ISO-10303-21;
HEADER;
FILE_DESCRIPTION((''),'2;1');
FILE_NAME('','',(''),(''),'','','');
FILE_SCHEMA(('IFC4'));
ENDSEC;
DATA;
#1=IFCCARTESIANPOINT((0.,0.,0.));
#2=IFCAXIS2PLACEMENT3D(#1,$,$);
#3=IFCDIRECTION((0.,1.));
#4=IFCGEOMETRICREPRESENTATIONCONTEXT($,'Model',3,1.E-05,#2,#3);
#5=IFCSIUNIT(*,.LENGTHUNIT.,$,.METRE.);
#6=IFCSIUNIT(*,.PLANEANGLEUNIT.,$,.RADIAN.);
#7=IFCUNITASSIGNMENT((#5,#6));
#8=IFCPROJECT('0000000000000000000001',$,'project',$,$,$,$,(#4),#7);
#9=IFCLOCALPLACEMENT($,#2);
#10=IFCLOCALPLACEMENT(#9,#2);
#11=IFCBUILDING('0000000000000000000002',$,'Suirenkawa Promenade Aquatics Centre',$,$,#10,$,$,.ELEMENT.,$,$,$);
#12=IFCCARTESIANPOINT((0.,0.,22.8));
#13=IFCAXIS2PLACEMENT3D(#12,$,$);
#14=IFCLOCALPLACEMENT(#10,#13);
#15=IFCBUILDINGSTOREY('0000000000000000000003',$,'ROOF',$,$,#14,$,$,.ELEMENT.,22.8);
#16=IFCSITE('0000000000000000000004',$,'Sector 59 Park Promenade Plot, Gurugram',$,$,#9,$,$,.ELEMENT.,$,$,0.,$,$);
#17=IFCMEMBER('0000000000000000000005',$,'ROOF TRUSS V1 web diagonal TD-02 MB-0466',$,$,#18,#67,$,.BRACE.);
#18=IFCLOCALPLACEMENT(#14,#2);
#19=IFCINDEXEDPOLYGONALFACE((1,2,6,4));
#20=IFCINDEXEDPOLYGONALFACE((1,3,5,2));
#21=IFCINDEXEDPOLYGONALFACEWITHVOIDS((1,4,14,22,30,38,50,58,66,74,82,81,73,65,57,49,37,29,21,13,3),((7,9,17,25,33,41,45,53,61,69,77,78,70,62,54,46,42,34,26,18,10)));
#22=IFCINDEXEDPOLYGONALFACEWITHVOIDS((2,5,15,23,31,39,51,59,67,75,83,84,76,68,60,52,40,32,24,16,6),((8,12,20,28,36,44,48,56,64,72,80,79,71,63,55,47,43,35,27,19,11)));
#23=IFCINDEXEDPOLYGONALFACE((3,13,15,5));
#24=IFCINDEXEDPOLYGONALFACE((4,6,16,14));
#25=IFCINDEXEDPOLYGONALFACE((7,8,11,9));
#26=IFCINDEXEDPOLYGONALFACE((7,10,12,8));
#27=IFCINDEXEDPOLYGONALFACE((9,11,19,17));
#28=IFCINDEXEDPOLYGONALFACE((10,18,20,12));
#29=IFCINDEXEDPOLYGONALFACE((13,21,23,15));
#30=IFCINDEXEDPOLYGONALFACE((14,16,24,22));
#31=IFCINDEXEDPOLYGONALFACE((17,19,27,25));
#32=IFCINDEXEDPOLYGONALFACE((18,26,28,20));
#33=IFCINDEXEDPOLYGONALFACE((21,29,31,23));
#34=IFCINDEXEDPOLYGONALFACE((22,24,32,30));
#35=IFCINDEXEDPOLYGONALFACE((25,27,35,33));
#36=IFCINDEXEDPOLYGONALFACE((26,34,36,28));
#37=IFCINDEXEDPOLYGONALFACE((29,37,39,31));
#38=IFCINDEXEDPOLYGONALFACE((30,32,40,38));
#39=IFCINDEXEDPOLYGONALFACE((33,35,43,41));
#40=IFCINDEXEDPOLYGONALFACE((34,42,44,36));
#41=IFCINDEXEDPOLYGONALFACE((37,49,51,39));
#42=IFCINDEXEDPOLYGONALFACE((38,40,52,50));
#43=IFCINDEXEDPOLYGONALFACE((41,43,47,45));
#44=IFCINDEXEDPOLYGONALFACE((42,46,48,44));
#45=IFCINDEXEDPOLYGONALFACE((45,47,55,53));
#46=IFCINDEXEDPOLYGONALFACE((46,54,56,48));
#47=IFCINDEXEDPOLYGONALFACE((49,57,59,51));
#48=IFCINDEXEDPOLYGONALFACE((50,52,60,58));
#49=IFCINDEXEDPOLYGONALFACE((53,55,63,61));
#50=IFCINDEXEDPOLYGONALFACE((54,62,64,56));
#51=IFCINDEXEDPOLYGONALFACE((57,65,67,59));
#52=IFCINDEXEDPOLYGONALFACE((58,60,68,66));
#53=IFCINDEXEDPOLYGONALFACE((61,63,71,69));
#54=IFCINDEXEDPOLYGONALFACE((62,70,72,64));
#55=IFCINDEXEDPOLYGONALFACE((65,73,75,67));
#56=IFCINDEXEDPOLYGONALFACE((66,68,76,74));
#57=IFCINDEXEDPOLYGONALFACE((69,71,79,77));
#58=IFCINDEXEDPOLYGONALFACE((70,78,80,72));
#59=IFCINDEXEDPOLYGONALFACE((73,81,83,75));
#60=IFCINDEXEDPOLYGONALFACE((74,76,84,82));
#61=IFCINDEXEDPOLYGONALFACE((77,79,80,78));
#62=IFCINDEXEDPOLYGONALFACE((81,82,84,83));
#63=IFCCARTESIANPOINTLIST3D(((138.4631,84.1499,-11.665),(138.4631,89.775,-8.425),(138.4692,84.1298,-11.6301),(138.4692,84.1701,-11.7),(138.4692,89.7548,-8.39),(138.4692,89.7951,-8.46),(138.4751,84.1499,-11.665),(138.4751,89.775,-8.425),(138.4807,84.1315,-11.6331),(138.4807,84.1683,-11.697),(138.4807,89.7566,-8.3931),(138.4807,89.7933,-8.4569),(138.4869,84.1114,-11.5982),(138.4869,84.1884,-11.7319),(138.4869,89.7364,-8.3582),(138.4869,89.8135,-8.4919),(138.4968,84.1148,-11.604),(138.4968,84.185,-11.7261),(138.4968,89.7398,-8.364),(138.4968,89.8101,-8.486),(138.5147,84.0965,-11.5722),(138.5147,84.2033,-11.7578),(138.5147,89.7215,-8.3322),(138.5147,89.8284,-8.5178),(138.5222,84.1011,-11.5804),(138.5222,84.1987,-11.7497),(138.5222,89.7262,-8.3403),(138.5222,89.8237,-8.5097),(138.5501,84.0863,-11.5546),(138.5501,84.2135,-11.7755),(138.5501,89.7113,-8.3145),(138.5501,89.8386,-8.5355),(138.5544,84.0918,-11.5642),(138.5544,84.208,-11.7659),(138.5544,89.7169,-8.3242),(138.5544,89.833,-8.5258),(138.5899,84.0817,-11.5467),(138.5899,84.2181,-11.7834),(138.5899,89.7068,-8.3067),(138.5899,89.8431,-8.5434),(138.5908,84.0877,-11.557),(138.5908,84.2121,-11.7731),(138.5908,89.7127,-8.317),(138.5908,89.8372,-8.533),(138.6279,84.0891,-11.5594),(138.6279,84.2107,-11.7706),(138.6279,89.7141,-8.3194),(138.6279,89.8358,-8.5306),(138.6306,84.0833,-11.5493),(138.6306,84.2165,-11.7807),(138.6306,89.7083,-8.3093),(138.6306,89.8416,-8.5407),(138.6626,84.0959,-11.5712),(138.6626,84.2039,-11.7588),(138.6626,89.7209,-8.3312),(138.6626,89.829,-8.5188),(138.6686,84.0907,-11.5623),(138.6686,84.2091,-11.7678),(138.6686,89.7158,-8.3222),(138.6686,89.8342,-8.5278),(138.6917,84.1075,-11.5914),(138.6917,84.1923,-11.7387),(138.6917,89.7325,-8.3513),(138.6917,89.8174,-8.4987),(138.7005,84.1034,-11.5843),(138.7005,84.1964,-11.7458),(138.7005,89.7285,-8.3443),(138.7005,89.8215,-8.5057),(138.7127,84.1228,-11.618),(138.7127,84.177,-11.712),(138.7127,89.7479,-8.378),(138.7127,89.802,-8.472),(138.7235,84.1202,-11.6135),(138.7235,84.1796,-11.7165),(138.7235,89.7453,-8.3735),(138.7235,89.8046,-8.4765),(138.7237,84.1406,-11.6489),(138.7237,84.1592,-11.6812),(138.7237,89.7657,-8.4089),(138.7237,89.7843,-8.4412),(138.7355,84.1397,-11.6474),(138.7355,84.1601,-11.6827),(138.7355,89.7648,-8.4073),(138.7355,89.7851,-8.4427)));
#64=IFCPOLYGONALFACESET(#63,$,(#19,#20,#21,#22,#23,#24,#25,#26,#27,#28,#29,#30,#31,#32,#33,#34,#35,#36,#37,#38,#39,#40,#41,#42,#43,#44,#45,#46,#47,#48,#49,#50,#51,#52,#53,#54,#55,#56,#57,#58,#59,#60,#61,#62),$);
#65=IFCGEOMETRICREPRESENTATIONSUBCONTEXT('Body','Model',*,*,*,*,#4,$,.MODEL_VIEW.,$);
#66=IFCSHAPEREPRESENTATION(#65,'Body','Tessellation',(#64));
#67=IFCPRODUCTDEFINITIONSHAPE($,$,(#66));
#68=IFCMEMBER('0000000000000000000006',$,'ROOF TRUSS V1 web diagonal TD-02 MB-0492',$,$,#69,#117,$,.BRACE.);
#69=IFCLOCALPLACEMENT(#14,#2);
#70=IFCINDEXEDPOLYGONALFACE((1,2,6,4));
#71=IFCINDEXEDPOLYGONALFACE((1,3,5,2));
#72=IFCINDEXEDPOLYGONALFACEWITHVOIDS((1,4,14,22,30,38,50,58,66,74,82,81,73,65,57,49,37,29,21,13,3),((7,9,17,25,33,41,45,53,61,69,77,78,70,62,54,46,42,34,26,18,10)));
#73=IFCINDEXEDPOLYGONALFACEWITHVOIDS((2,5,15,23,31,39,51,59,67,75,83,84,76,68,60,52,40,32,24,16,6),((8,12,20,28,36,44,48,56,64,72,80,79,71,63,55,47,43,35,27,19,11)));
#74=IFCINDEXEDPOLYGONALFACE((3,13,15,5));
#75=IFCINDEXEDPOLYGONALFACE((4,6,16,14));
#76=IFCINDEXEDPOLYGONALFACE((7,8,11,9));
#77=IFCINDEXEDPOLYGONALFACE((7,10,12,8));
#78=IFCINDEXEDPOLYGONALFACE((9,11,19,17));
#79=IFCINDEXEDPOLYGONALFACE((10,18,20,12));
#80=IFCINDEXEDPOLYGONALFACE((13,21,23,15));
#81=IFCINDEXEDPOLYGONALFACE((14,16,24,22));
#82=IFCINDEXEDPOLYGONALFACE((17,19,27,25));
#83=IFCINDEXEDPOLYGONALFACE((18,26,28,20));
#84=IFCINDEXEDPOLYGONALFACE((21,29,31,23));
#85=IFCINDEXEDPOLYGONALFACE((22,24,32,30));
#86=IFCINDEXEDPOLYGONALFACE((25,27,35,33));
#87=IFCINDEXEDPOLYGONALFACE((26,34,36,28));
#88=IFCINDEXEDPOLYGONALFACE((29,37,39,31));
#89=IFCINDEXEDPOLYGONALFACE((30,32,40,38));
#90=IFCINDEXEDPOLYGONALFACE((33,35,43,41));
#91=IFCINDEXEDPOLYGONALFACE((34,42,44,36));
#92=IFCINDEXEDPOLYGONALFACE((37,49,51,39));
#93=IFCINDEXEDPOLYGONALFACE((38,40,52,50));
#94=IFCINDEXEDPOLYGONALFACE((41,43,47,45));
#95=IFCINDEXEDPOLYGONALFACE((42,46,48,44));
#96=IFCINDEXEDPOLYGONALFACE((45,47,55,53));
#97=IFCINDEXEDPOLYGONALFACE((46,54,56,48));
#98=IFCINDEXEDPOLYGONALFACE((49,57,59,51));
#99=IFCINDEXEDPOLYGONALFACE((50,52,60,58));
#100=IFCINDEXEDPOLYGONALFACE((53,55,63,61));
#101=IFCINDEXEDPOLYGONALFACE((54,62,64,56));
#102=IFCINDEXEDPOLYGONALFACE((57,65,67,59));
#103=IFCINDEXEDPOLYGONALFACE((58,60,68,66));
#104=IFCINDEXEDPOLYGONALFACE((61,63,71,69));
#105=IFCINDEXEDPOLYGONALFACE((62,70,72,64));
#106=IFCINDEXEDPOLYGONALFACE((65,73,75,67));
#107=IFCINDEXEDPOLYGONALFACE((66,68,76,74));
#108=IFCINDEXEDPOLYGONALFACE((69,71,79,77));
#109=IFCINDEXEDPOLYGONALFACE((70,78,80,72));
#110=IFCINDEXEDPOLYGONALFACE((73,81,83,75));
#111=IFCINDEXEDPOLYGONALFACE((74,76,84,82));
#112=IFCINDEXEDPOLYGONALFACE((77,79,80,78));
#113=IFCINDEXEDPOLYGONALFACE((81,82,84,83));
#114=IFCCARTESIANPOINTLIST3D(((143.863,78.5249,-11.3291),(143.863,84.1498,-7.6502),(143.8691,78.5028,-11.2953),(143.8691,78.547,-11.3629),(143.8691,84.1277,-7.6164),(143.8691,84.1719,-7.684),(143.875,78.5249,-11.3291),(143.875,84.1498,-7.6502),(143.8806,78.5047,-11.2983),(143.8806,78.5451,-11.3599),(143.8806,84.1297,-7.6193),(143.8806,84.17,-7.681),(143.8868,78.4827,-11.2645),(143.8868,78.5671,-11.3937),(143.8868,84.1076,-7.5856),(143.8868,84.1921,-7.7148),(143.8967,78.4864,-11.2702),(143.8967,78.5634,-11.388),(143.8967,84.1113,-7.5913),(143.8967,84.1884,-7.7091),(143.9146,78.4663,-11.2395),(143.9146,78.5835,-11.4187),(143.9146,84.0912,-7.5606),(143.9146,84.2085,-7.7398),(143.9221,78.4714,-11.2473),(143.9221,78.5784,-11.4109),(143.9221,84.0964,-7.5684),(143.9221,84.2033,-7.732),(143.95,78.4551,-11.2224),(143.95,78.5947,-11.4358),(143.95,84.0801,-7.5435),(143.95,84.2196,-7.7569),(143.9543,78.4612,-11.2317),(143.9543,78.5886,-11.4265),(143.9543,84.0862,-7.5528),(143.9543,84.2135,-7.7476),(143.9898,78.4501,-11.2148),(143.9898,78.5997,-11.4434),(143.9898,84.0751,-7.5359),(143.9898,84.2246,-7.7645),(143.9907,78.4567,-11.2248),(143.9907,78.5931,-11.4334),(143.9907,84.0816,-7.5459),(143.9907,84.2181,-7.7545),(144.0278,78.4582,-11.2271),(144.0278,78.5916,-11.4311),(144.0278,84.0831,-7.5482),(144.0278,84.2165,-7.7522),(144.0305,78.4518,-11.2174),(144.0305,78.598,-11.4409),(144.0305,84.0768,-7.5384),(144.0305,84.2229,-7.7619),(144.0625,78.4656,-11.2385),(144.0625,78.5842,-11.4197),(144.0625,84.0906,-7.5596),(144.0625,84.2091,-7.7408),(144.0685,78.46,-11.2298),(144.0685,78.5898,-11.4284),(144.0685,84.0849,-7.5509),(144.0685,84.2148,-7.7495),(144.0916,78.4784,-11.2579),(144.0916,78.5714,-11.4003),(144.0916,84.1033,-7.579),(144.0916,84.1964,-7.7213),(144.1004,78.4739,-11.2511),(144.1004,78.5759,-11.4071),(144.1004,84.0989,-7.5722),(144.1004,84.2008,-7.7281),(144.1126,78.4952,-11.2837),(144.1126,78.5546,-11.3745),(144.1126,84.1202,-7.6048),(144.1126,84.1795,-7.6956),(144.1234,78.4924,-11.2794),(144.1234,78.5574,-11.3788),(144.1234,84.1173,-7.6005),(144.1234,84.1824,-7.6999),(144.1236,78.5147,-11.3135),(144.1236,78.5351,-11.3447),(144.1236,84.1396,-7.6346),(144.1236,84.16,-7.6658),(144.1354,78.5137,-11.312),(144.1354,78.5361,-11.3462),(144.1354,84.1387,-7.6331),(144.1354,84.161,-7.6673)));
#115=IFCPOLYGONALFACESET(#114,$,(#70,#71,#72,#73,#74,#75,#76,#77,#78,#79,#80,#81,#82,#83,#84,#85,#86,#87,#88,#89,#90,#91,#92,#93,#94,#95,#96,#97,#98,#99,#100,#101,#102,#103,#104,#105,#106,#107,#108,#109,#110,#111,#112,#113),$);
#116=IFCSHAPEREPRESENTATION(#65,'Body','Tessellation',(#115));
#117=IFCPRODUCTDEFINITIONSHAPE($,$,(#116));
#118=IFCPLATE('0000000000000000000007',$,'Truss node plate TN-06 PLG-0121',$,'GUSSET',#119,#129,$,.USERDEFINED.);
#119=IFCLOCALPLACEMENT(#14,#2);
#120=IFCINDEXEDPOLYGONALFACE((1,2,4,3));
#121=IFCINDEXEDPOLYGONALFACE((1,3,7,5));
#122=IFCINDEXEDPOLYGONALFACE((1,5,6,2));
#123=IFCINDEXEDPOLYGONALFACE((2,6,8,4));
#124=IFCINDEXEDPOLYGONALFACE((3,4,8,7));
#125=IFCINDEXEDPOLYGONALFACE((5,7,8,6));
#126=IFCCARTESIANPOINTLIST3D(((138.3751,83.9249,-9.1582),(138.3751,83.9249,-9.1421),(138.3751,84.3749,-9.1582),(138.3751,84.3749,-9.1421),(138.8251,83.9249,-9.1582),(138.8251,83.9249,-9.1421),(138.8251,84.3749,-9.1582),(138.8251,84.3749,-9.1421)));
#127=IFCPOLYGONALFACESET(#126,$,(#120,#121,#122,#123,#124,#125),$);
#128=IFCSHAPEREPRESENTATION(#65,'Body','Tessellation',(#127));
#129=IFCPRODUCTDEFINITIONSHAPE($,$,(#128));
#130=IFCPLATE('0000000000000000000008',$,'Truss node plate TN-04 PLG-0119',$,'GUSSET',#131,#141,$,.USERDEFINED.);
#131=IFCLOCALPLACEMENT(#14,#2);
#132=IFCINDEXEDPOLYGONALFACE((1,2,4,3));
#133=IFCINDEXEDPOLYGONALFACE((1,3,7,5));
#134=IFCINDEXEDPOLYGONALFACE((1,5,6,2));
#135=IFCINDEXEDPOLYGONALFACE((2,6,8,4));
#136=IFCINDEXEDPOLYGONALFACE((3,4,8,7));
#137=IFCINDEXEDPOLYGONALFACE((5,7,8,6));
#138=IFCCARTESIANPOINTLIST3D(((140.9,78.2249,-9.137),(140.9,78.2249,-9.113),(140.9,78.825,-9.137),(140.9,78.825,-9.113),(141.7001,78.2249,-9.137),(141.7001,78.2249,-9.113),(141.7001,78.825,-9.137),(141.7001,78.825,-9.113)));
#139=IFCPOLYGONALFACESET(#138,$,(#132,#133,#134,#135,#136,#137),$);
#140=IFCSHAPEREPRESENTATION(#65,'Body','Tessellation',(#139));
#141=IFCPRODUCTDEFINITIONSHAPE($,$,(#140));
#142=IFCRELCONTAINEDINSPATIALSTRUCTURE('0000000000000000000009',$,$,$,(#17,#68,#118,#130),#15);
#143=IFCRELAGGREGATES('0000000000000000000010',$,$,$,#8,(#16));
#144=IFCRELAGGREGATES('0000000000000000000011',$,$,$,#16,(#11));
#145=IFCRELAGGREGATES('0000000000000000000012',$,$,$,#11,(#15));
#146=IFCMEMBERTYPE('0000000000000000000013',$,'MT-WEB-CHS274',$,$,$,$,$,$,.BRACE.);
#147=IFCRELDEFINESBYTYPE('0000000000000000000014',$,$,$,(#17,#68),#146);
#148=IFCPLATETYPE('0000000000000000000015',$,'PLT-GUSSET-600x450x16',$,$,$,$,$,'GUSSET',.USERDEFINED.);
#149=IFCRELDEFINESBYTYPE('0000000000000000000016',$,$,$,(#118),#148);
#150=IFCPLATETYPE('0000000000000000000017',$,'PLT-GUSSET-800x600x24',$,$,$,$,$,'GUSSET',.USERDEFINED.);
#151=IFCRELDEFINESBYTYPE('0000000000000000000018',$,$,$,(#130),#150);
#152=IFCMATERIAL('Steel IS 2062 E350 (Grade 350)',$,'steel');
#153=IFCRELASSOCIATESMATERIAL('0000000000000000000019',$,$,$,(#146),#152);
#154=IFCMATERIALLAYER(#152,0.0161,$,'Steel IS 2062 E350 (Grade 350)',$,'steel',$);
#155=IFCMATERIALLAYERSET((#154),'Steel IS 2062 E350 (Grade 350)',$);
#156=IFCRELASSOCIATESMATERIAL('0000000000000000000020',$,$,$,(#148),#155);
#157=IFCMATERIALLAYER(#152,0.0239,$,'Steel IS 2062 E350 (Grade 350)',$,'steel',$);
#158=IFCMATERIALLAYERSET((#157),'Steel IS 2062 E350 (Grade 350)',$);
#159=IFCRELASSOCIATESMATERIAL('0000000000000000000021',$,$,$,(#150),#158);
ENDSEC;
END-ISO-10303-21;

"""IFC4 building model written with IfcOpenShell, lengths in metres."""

from ifc_helpers import new_model, si_unit, direction, frame, origin, origin_2d, place, context, subcontext, project, spatial, rectangle, hollow_circle, extrude, material, layer, layer_set, material_profile, profile_set, type_object, element, save


model = new_model("IFC4")

# Units and contexts
model_context = context("Model", 3, precision=1e-05, world=origin(), true_north=direction((0.0, 1.0)))
body_context = subcontext(model_context, "Body", "Model", "MODEL_VIEW")
ifc_project = project(units=[si_unit("LENGTHUNIT", "METRE"), si_unit("PLANEANGLEUNIT", "RADIAN")], contexts=[model_context])

# Site, building, storey
site_placement = place(None, origin())
site = spatial("IfcSite", under=ifc_project, at=site_placement, Name="Sector 59 Park Promenade Plot, Gurugram", CompositionType="ELEMENT", RefElevation=0.0)
building_placement = place(site_placement, origin())
building = spatial("IfcBuilding", under=site, at=building_placement, Name="Suirenkawa Promenade Aquatics Centre", CompositionType="ELEMENT")
storey_placement = place(building_placement, frame((0.0, 0.0, 22.8)))
storey = spatial("IfcBuildingStorey", under=building, at=storey_placement, Name="ROOF", CompositionType="ELEMENT", Elevation=22.8)

# Shared definitions
ifc_material = material(Name="Steel IS 2062 E350 (Grade 350)", Category="steel")

# Members
ifc_material_profile_1 = material_profile(ifc_material, hollow_circle(Radius=0.137, WallThickness=0.012, at=origin_2d()), Name="CHS 274x12", Category="steel")
ifc_profile_set_1 = profile_set([ifc_material_profile_1], Name="Steel IS 2062 E350 (Grade 350)")
member_type_1 = type_object("IfcMemberType", Name="MT-WEB-CHS274", PredefinedType="BRACE", material=ifc_profile_set_1)
member_1_placement = place(storey_placement, frame((138.6001, 84.1499, -11.665), z_axis=(0.0, 0.866532, 0.499121), x_axis=(-1.0, 0.0, 0.0)))
element("IfcMember", 1, at=member_1_placement, inside=storey, type_object=member_type_1, Name="ROOF TRUSS V1 web diagonal TD-02 MB-0466", PredefinedType="BRACE", context=body_context, shape_type="SweptSolid", body=[
    extrude(hollow_circle(Radius=0.137, WallThickness=0.012, at=origin_2d()), origin(), (0.0, 0.0, 1.0), 6.4915),
])
member_2_placement = place(storey_placement, frame((144.0, 78.5249, -11.3291), z_axis=(0.0, 0.836897, 0.547361), x_axis=(-1.0, 0.0, 0.0)))
element("IfcMember", 2, at=member_2_placement, inside=storey, type_object=member_type_1, Name="ROOF TRUSS V1 web diagonal TD-02 MB-0492", PredefinedType="BRACE", context=body_context, shape_type="SweptSolid", body=[
    extrude(hollow_circle(Radius=0.137, WallThickness=0.012, at=origin_2d()), origin(), (0.0, 0.0, 1.0), 6.7212),
])

# Plates
ifc_layer_1 = layer(ifc_material, 0.0161, Name="Steel IS 2062 E350 (Grade 350)", Category="steel")
ifc_layer_set_1 = layer_set([ifc_layer_1], Name="Steel IS 2062 E350 (Grade 350)")
plate_type_1 = type_object("IfcPlateType", Name="PLT-GUSSET-600x450x16", ElementType="GUSSET", PredefinedType="USERDEFINED", material=ifc_layer_set_1)
plate_1_placement = place(storey_placement, frame((138.6001, 84.1499, -9.1582), z_axis=(0.0, 0.0, 1.0), x_axis=(1.0, 0.0, 0.0)))
element("IfcPlate", 3, at=plate_1_placement, inside=storey, type_object=plate_type_1, Name="Truss node plate TN-06 PLG-0121", ObjectType="GUSSET", PredefinedType="USERDEFINED", context=body_context, shape_type="SweptSolid", body=[
    extrude(rectangle(XDim=0.45, YDim=0.45, at=origin_2d()), origin(), (0.0, 0.0, 1.0), 0.0161),
])
ifc_layer_2 = layer(ifc_material, 0.0239, Name="Steel IS 2062 E350 (Grade 350)", Category="steel")
ifc_layer_set_2 = layer_set([ifc_layer_2], Name="Steel IS 2062 E350 (Grade 350)")
plate_type_2 = type_object("IfcPlateType", Name="PLT-GUSSET-800x600x24", ElementType="GUSSET", PredefinedType="USERDEFINED", material=ifc_layer_set_2)
plate_2_placement = place(storey_placement, frame((141.3, 78.5249, -9.137), z_axis=(0.0, 0.0, 1.0), x_axis=(1.0, 0.0, 0.0)))
element("IfcPlate", 4, at=plate_2_placement, inside=storey, type_object=plate_type_2, Name="Truss node plate TN-04 PLG-0119", ObjectType="GUSSET", PredefinedType="USERDEFINED", context=body_context, shape_type="SweptSolid", body=[
    extrude(rectangle(XDim=0.8, YDim=0.6001, at=origin_2d()), origin(), (0.0, 0.0, 1.0), 0.0239),
])

save(model, "model.ifc")
